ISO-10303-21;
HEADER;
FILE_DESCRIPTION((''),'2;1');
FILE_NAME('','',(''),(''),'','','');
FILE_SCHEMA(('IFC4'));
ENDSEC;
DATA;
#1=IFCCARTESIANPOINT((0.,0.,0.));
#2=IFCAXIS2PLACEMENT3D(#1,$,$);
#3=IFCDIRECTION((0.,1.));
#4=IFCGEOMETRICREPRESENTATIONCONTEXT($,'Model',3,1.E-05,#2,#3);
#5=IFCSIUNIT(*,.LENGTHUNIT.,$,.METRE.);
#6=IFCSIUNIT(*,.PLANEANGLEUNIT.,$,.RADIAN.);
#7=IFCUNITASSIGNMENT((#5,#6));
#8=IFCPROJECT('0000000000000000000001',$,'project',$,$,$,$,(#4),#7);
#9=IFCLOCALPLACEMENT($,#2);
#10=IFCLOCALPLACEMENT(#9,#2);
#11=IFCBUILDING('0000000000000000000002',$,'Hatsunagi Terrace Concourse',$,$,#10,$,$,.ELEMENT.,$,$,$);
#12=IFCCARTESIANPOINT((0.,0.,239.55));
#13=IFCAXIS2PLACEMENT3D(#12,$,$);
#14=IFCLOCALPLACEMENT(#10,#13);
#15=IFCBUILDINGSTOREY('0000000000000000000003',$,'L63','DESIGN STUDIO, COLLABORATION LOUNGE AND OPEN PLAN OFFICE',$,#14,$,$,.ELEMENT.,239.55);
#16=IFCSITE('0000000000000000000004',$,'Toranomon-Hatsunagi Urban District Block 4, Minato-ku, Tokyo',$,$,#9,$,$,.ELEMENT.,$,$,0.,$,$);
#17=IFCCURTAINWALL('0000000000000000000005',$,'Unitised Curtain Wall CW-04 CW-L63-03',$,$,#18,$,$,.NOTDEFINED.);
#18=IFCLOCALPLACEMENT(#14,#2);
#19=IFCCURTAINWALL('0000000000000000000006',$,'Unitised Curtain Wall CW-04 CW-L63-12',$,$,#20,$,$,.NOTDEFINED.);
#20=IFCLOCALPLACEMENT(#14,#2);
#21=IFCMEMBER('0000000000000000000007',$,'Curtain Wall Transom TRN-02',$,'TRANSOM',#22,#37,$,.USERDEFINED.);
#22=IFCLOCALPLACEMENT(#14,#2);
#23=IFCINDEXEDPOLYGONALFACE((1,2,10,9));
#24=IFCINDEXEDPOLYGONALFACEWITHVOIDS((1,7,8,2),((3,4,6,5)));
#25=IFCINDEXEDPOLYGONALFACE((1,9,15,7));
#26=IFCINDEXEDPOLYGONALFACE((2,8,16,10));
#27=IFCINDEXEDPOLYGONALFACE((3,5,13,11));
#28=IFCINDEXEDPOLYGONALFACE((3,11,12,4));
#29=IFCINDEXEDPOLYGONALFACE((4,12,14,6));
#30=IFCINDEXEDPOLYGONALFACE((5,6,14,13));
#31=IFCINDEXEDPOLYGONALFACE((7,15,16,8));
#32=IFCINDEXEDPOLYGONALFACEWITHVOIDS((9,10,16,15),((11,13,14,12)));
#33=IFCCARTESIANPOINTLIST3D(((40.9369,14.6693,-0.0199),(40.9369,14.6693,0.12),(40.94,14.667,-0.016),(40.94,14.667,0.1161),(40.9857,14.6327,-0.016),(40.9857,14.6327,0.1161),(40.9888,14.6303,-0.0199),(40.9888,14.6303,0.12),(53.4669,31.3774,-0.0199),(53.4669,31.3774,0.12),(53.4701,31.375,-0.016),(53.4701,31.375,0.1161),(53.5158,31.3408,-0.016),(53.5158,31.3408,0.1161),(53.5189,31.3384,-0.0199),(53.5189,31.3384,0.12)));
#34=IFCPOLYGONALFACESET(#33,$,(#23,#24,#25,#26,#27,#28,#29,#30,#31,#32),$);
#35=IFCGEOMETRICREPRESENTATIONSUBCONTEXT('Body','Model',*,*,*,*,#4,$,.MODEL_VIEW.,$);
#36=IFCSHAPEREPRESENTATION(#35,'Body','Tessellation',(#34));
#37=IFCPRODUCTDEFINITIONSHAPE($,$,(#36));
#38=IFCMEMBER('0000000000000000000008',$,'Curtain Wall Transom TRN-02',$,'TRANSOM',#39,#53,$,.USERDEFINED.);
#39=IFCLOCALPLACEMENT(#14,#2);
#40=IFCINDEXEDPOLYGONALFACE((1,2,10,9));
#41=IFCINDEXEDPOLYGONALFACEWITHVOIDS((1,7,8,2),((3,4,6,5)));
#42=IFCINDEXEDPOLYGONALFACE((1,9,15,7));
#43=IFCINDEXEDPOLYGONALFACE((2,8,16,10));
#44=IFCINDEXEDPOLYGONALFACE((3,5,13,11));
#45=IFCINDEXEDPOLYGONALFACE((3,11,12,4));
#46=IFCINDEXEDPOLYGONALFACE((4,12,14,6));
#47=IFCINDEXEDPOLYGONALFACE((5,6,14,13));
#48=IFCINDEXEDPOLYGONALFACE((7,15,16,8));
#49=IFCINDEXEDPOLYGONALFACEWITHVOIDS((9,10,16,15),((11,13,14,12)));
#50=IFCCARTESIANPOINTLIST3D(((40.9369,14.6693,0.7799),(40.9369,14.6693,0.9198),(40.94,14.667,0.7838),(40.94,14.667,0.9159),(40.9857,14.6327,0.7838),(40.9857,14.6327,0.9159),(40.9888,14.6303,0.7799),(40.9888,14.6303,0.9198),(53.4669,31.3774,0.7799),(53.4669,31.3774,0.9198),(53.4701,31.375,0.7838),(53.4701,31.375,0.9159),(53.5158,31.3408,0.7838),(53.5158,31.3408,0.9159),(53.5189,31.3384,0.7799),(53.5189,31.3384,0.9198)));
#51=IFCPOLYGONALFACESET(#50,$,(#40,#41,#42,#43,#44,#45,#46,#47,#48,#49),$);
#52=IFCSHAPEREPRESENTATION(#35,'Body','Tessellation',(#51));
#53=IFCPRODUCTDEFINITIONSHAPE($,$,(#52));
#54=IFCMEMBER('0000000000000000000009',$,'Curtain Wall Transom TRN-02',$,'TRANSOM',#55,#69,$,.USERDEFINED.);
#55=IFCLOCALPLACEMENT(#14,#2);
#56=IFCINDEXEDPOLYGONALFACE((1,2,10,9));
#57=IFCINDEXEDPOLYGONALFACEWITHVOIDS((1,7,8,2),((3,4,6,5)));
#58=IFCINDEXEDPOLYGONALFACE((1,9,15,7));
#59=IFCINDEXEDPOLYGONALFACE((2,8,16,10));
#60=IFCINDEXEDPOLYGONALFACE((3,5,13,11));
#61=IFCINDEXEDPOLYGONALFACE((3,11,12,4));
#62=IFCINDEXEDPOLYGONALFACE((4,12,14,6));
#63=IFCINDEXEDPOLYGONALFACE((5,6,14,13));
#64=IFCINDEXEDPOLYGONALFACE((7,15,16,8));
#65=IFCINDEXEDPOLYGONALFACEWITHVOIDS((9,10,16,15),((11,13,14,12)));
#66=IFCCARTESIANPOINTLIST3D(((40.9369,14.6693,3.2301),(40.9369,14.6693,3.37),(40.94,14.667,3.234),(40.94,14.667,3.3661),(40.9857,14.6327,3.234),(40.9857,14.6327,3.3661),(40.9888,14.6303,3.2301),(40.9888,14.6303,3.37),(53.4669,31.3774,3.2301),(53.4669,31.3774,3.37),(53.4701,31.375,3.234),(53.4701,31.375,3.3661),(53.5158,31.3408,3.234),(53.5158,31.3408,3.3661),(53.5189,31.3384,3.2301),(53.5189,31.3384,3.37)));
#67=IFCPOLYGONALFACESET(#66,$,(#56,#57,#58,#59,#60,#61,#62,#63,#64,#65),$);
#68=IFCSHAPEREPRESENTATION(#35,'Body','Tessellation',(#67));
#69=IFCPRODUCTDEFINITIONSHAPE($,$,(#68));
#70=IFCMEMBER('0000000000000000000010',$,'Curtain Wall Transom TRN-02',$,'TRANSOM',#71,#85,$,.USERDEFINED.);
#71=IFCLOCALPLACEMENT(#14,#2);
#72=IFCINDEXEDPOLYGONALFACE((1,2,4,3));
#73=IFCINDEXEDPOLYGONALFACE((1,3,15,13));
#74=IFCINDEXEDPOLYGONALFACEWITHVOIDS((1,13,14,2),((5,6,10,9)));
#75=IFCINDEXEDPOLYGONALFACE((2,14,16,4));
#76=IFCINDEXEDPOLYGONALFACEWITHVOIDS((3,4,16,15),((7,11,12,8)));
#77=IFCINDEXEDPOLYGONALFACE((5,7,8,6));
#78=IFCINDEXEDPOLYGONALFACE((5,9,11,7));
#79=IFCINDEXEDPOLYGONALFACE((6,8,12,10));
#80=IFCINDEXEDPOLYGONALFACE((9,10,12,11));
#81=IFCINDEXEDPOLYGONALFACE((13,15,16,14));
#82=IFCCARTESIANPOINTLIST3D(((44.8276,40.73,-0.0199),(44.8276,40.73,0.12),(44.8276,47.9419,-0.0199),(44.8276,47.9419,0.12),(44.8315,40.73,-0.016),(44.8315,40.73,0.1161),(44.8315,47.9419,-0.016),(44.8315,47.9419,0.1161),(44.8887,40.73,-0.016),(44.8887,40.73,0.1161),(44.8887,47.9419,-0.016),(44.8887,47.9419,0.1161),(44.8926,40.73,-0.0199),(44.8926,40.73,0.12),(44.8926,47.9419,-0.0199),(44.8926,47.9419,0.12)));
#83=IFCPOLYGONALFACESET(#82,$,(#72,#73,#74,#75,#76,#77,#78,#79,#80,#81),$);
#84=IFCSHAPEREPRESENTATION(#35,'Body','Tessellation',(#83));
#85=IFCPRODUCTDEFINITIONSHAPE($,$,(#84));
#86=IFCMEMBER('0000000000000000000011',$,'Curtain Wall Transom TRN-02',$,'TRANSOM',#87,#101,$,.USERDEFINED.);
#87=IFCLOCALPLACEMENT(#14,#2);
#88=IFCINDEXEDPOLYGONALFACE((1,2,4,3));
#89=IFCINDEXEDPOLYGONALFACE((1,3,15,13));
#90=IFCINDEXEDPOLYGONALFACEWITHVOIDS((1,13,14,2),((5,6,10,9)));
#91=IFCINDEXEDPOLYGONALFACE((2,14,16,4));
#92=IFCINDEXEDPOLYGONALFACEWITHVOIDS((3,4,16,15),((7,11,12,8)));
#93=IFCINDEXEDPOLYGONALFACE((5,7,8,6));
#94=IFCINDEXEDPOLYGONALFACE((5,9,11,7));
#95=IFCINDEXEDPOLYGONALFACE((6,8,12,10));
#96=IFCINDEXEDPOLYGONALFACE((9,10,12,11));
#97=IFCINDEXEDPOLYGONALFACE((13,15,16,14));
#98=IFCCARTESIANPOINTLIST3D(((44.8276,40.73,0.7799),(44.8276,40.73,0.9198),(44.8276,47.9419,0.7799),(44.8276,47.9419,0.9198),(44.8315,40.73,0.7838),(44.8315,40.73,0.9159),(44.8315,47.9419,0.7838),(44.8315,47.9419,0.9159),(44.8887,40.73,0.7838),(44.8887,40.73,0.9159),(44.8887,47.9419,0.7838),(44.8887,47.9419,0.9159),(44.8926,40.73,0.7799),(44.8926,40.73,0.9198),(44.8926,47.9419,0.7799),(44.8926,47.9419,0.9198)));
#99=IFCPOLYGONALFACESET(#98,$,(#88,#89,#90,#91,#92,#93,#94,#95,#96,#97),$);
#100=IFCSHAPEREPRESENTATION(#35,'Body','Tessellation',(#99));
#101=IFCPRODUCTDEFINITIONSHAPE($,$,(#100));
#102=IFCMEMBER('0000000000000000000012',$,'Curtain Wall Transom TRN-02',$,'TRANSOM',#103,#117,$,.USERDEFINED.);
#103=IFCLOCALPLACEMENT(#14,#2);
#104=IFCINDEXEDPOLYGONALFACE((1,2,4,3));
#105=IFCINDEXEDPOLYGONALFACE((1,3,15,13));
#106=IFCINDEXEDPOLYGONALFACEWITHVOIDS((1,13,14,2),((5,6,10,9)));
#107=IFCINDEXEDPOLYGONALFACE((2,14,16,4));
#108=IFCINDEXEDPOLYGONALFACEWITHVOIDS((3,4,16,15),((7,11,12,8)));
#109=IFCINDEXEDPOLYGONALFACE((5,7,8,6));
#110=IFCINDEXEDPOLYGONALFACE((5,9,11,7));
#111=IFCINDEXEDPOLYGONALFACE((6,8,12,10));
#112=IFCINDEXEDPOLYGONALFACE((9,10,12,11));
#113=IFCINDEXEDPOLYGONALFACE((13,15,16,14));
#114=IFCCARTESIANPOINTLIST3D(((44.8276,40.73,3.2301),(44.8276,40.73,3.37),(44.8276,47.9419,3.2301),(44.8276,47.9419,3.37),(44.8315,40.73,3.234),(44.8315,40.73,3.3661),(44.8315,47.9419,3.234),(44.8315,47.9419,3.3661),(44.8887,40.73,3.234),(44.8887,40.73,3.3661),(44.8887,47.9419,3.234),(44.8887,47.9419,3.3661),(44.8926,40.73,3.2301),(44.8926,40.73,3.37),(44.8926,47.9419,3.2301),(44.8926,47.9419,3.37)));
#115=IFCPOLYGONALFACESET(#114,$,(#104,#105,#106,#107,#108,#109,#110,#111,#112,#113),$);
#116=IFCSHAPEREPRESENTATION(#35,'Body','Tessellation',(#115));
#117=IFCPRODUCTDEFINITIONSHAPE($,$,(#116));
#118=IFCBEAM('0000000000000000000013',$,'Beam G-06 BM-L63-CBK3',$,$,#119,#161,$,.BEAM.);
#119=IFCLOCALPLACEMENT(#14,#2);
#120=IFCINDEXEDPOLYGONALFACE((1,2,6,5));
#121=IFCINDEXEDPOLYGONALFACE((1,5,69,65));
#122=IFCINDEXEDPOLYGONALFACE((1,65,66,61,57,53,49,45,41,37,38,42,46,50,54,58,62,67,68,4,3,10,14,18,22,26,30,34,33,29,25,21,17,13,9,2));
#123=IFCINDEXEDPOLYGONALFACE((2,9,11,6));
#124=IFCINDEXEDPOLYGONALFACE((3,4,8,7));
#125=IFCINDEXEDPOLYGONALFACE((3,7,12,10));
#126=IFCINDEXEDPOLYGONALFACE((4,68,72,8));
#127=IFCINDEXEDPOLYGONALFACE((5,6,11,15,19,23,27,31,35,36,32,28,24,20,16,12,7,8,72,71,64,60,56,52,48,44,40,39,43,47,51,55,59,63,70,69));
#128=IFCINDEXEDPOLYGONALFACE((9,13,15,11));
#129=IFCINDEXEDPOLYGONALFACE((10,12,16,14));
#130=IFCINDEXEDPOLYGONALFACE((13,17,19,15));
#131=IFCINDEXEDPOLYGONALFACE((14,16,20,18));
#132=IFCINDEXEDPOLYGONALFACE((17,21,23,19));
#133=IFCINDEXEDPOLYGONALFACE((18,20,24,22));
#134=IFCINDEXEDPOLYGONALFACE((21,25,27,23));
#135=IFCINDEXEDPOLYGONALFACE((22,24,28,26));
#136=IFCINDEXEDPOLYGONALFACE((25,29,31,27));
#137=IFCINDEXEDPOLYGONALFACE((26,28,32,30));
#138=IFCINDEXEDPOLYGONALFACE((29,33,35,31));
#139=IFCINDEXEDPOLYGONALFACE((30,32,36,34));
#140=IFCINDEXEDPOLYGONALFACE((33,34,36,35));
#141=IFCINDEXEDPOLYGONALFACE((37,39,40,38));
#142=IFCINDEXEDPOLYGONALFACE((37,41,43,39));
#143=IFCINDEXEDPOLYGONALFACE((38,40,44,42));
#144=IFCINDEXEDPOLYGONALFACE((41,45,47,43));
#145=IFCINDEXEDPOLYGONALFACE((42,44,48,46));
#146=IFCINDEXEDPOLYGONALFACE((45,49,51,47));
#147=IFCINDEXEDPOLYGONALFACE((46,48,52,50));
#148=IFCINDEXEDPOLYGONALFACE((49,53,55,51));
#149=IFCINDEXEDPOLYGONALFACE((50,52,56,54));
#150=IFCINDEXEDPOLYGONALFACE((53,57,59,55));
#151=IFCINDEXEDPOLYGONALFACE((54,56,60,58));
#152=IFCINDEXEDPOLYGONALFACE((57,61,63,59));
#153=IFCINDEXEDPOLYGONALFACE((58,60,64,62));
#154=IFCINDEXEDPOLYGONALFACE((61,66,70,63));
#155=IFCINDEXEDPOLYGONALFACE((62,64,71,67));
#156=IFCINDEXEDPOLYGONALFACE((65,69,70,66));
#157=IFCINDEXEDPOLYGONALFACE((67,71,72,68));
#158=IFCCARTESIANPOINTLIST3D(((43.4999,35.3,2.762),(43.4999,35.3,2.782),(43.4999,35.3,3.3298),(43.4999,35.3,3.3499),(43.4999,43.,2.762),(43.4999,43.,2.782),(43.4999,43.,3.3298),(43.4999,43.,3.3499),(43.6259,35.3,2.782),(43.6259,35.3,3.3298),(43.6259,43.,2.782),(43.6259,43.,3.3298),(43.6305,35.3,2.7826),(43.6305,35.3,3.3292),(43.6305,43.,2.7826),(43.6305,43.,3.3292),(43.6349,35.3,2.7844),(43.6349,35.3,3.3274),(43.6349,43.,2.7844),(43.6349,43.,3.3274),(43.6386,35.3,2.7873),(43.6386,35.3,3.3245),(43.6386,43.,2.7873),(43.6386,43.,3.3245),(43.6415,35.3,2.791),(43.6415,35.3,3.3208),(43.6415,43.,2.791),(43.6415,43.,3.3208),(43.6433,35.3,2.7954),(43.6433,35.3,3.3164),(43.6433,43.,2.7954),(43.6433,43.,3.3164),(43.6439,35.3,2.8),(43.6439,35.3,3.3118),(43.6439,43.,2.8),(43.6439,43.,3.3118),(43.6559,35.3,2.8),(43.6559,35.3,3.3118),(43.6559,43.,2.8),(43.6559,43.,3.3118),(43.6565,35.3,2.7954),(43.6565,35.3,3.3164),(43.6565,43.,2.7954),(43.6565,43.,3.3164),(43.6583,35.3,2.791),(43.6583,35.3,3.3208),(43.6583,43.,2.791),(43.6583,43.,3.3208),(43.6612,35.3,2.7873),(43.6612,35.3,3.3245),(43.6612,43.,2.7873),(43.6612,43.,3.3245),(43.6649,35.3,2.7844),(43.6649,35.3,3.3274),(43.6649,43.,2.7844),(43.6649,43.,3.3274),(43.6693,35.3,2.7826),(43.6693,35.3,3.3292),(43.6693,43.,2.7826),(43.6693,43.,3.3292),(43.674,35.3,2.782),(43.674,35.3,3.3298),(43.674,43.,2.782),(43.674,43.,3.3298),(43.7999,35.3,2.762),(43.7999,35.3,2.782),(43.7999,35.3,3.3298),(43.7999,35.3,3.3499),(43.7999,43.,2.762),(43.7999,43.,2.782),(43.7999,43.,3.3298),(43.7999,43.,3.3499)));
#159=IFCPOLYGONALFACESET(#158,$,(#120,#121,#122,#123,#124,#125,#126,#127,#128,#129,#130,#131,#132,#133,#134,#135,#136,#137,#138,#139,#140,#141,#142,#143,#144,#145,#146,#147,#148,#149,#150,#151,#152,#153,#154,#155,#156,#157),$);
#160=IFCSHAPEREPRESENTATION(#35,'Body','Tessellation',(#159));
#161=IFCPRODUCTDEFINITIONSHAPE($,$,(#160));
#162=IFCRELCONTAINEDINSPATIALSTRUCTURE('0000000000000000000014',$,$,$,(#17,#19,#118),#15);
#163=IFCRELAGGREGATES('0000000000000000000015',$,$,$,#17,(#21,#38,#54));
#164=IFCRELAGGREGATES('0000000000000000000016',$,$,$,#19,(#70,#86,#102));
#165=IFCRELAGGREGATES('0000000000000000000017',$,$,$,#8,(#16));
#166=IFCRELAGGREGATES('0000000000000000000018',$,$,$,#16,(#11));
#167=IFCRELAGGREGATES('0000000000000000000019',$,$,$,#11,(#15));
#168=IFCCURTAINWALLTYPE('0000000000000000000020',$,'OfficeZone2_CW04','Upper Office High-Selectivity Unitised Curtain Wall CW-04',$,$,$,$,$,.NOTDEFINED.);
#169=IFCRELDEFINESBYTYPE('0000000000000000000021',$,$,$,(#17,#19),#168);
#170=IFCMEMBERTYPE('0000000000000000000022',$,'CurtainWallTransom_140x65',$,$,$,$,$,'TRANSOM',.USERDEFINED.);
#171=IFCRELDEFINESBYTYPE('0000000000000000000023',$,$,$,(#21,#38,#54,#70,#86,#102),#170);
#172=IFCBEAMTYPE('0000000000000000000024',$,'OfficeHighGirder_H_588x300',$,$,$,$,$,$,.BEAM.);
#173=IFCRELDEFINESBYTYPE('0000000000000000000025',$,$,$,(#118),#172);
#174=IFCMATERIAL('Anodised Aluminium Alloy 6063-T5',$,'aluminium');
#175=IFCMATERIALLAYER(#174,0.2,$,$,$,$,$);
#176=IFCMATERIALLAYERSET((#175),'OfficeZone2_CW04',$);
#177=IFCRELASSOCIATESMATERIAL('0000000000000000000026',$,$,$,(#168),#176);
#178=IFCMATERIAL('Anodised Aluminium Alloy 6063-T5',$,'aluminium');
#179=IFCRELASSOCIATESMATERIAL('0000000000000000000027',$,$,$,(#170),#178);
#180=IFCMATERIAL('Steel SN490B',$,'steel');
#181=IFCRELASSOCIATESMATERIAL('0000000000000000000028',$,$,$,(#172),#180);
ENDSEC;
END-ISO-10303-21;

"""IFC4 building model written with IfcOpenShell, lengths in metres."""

from ifc_helpers import new_model, si_unit, direction, frame, origin, origin_2d, place, context, subcontext, project, spatial, hollow_rectangle, i_section, extrude, material, layer, layer_set, material_profile, profile_set, type_object, element, aggregate, save


model = new_model("IFC4")

# Units and contexts
model_context = context("Model", 3, precision=1e-05, world=origin(), true_north=direction((0.0, 1.0)))
body_context = subcontext(model_context, "Body", "Model", "MODEL_VIEW")
ifc_project = project(units=[si_unit("LENGTHUNIT", "METRE"), si_unit("PLANEANGLEUNIT", "RADIAN")], contexts=[model_context])

# Site, building, storey
site_placement = place(None, origin())
site = spatial("IfcSite", under=ifc_project, at=site_placement, Name="Toranomon-Hatsunagi Urban District Block 4, Minato-ku, Tokyo", CompositionType="ELEMENT", RefElevation=0.0)
building_placement = place(site_placement, origin())
building = spatial("IfcBuilding", under=site, at=building_placement, Name="Hatsunagi Terrace Concourse", CompositionType="ELEMENT")
storey_placement = place(building_placement, frame((0.0, 0.0, 239.55)))
storey = spatial("IfcBuildingStorey", under=building, at=storey_placement, Name="L63", Description="DESIGN STUDIO, COLLABORATION LOUNGE AND OPEN PLAN OFFICE", CompositionType="ELEMENT", Elevation=239.55)

# Curtain walls
ifc_material_1 = material(Name="Anodised Aluminium Alloy 6063-T5", Category="aluminium")
ifc_layer_1 = layer(ifc_material_1, 0.2)
ifc_layer_set_1 = layer_set([ifc_layer_1], Name="OfficeZone2_CW04")
curtain_wall_type = type_object("IfcCurtainWallType", Name="OfficeZone2_CW04", Description="Upper Office High-Selectivity Unitised Curtain Wall CW-04", PredefinedType="NOTDEFINED", material=ifc_layer_set_1)
curtain_wall_1_placement = place(storey_placement, origin())
curtain_wall_1 = element("IfcCurtainWall", 1, at=curtain_wall_1_placement, inside=storey, type_object=curtain_wall_type, Name="Unitised Curtain Wall CW-04 CW-L63-03", PredefinedType="NOTDEFINED")
curtain_wall_2_placement = place(storey_placement, origin())
curtain_wall_2 = element("IfcCurtainWall", 2, at=curtain_wall_2_placement, inside=storey, type_object=curtain_wall_type, Name="Unitised Curtain Wall CW-04 CW-L63-12", PredefinedType="NOTDEFINED")

# Members
ifc_material_2 = material(Name="Anodised Aluminium Alloy 6063-T5", Category="aluminium")
ifc_material_profile_1 = material_profile(ifc_material_2, hollow_rectangle(XDim=0.0649, YDim=0.1399, WallThickness=0.0039, at=origin_2d()), Name="ALU-TRN-140x65x4")
ifc_profile_set_1 = profile_set([ifc_material_profile_1], Name="Anodised Aluminium Alloy 6063-T5")
member_type_1 = type_object("IfcMemberType", Name="CurtainWallTransom_140x65", ElementType="TRANSOM", PredefinedType="USERDEFINED", material=ifc_profile_set_1)
member_1_placement = place(storey_placement, frame((53.4929, 31.3579, 0.05), z_axis=(-0.59997, -0.800022, 0.0), x_axis=(0.800022, -0.59997, 0.0)))
member_1 = element("IfcMember", 3, at=member_1_placement, type_object=member_type_1, Name="Curtain Wall Transom TRN-02", ObjectType="TRANSOM", PredefinedType="USERDEFINED", context=body_context, shape_type="SweptSolid", body=[
    extrude(hollow_rectangle(XDim=0.0649, YDim=0.1399, WallThickness=0.0039, at=origin_2d()), origin(), (0.0, 0.0, 1.0), 20.8845),
])
member_2_placement = place(storey_placement, frame((53.4929, 31.3579, 0.8499), z_axis=(-0.59997, -0.800022, 0.0), x_axis=(0.800022, -0.59997, 0.0)))
member_2 = element("IfcMember", 4, at=member_2_placement, type_object=member_type_1, Name="Curtain Wall Transom TRN-02", ObjectType="TRANSOM", PredefinedType="USERDEFINED", context=body_context, shape_type="SweptSolid", body=[
    extrude(hollow_rectangle(XDim=0.0649, YDim=0.1399, WallThickness=0.0039, at=origin_2d()), origin(), (0.0, 0.0, 1.0), 20.8845),
])
member_3_placement = place(storey_placement, frame((53.4929, 31.3579, 3.3), z_axis=(-0.59997, -0.800022, 0.0), x_axis=(0.800022, -0.59997, 0.0)))
member_3 = element("IfcMember", 5, at=member_3_placement, type_object=member_type_1, Name="Curtain Wall Transom TRN-02", ObjectType="TRANSOM", PredefinedType="USERDEFINED", context=body_context, shape_type="SweptSolid", body=[
    extrude(hollow_rectangle(XDim=0.0649, YDim=0.1399, WallThickness=0.0039, at=origin_2d()), origin(), (0.0, 0.0, 1.0), 20.8845),
])
member_4_placement = place(storey_placement, frame((44.8601, 47.9419, 0.05), z_axis=(0.0, -1.0, 0.0), x_axis=(1.0, 0.0, 0.0)))
member_4 = element("IfcMember", 6, at=member_4_placement, type_object=member_type_1, Name="Curtain Wall Transom TRN-02", ObjectType="TRANSOM", PredefinedType="USERDEFINED", context=body_context, shape_type="SweptSolid", body=[
    extrude(hollow_rectangle(XDim=0.0649, YDim=0.1399, WallThickness=0.0039, at=origin_2d()), origin(), (0.0, 0.0, 1.0), 7.2119),
])
member_5_placement = place(storey_placement, frame((44.8601, 47.9419, 0.8499), z_axis=(0.0, -1.0, 0.0), x_axis=(1.0, 0.0, 0.0)))
member_5 = element("IfcMember", 7, at=member_5_placement, type_object=member_type_1, Name="Curtain Wall Transom TRN-02", ObjectType="TRANSOM", PredefinedType="USERDEFINED", context=body_context, shape_type="SweptSolid", body=[
    extrude(hollow_rectangle(XDim=0.0649, YDim=0.1399, WallThickness=0.0039, at=origin_2d()), origin(), (0.0, 0.0, 1.0), 7.2119),
])
member_6_placement = place(storey_placement, frame((44.8601, 47.9419, 3.3), z_axis=(0.0, -1.0, 0.0), x_axis=(1.0, 0.0, 0.0)))
member_6 = element("IfcMember", 8, at=member_6_placement, type_object=member_type_1, Name="Curtain Wall Transom TRN-02", ObjectType="TRANSOM", PredefinedType="USERDEFINED", context=body_context, shape_type="SweptSolid", body=[
    extrude(hollow_rectangle(XDim=0.0649, YDim=0.1399, WallThickness=0.0039, at=origin_2d()), origin(), (0.0, 0.0, 1.0), 7.2119),
])

# Beam
ifc_material_3 = material(Name="Steel SN490B", Category="steel")
ifc_material_profile_2 = material_profile(ifc_material_3, i_section(OverallWidth=0.3, OverallDepth=0.5879, WebThickness=0.012, FlangeThickness=0.02, FilletRadius=0.0181, at=origin_2d()), Name="H-588x300x12x20")
ifc_profile_set_2 = profile_set([ifc_material_profile_2], Name="Steel SN490B")
beam_type_1 = type_object("IfcBeamType", Name="OfficeHighGirder_H_588x300", PredefinedType="BEAM", material=ifc_profile_set_2)
beam_1_placement = place(storey_placement, frame((43.6499, 35.3, 3.0559), z_axis=(0.0, 1.0, 0.0), x_axis=(-1.0, 0.0, 0.0)))
element("IfcBeam", 9, at=beam_1_placement, inside=storey, type_object=beam_type_1, Name="Beam G-06 BM-L63-CBK3", PredefinedType="BEAM", context=body_context, shape_type="SweptSolid", body=[
    extrude(i_section(OverallWidth=0.3, OverallDepth=0.5879, WebThickness=0.012, FlangeThickness=0.02, FilletRadius=0.0181, at=origin_2d()), origin(), (0.0, 0.0, 1.0), 7.7),
])

aggregate(curtain_wall_1, [member_1, member_2, member_3])
aggregate(curtain_wall_2, [member_4, member_5, member_6])

save(model, "model.ifc")
